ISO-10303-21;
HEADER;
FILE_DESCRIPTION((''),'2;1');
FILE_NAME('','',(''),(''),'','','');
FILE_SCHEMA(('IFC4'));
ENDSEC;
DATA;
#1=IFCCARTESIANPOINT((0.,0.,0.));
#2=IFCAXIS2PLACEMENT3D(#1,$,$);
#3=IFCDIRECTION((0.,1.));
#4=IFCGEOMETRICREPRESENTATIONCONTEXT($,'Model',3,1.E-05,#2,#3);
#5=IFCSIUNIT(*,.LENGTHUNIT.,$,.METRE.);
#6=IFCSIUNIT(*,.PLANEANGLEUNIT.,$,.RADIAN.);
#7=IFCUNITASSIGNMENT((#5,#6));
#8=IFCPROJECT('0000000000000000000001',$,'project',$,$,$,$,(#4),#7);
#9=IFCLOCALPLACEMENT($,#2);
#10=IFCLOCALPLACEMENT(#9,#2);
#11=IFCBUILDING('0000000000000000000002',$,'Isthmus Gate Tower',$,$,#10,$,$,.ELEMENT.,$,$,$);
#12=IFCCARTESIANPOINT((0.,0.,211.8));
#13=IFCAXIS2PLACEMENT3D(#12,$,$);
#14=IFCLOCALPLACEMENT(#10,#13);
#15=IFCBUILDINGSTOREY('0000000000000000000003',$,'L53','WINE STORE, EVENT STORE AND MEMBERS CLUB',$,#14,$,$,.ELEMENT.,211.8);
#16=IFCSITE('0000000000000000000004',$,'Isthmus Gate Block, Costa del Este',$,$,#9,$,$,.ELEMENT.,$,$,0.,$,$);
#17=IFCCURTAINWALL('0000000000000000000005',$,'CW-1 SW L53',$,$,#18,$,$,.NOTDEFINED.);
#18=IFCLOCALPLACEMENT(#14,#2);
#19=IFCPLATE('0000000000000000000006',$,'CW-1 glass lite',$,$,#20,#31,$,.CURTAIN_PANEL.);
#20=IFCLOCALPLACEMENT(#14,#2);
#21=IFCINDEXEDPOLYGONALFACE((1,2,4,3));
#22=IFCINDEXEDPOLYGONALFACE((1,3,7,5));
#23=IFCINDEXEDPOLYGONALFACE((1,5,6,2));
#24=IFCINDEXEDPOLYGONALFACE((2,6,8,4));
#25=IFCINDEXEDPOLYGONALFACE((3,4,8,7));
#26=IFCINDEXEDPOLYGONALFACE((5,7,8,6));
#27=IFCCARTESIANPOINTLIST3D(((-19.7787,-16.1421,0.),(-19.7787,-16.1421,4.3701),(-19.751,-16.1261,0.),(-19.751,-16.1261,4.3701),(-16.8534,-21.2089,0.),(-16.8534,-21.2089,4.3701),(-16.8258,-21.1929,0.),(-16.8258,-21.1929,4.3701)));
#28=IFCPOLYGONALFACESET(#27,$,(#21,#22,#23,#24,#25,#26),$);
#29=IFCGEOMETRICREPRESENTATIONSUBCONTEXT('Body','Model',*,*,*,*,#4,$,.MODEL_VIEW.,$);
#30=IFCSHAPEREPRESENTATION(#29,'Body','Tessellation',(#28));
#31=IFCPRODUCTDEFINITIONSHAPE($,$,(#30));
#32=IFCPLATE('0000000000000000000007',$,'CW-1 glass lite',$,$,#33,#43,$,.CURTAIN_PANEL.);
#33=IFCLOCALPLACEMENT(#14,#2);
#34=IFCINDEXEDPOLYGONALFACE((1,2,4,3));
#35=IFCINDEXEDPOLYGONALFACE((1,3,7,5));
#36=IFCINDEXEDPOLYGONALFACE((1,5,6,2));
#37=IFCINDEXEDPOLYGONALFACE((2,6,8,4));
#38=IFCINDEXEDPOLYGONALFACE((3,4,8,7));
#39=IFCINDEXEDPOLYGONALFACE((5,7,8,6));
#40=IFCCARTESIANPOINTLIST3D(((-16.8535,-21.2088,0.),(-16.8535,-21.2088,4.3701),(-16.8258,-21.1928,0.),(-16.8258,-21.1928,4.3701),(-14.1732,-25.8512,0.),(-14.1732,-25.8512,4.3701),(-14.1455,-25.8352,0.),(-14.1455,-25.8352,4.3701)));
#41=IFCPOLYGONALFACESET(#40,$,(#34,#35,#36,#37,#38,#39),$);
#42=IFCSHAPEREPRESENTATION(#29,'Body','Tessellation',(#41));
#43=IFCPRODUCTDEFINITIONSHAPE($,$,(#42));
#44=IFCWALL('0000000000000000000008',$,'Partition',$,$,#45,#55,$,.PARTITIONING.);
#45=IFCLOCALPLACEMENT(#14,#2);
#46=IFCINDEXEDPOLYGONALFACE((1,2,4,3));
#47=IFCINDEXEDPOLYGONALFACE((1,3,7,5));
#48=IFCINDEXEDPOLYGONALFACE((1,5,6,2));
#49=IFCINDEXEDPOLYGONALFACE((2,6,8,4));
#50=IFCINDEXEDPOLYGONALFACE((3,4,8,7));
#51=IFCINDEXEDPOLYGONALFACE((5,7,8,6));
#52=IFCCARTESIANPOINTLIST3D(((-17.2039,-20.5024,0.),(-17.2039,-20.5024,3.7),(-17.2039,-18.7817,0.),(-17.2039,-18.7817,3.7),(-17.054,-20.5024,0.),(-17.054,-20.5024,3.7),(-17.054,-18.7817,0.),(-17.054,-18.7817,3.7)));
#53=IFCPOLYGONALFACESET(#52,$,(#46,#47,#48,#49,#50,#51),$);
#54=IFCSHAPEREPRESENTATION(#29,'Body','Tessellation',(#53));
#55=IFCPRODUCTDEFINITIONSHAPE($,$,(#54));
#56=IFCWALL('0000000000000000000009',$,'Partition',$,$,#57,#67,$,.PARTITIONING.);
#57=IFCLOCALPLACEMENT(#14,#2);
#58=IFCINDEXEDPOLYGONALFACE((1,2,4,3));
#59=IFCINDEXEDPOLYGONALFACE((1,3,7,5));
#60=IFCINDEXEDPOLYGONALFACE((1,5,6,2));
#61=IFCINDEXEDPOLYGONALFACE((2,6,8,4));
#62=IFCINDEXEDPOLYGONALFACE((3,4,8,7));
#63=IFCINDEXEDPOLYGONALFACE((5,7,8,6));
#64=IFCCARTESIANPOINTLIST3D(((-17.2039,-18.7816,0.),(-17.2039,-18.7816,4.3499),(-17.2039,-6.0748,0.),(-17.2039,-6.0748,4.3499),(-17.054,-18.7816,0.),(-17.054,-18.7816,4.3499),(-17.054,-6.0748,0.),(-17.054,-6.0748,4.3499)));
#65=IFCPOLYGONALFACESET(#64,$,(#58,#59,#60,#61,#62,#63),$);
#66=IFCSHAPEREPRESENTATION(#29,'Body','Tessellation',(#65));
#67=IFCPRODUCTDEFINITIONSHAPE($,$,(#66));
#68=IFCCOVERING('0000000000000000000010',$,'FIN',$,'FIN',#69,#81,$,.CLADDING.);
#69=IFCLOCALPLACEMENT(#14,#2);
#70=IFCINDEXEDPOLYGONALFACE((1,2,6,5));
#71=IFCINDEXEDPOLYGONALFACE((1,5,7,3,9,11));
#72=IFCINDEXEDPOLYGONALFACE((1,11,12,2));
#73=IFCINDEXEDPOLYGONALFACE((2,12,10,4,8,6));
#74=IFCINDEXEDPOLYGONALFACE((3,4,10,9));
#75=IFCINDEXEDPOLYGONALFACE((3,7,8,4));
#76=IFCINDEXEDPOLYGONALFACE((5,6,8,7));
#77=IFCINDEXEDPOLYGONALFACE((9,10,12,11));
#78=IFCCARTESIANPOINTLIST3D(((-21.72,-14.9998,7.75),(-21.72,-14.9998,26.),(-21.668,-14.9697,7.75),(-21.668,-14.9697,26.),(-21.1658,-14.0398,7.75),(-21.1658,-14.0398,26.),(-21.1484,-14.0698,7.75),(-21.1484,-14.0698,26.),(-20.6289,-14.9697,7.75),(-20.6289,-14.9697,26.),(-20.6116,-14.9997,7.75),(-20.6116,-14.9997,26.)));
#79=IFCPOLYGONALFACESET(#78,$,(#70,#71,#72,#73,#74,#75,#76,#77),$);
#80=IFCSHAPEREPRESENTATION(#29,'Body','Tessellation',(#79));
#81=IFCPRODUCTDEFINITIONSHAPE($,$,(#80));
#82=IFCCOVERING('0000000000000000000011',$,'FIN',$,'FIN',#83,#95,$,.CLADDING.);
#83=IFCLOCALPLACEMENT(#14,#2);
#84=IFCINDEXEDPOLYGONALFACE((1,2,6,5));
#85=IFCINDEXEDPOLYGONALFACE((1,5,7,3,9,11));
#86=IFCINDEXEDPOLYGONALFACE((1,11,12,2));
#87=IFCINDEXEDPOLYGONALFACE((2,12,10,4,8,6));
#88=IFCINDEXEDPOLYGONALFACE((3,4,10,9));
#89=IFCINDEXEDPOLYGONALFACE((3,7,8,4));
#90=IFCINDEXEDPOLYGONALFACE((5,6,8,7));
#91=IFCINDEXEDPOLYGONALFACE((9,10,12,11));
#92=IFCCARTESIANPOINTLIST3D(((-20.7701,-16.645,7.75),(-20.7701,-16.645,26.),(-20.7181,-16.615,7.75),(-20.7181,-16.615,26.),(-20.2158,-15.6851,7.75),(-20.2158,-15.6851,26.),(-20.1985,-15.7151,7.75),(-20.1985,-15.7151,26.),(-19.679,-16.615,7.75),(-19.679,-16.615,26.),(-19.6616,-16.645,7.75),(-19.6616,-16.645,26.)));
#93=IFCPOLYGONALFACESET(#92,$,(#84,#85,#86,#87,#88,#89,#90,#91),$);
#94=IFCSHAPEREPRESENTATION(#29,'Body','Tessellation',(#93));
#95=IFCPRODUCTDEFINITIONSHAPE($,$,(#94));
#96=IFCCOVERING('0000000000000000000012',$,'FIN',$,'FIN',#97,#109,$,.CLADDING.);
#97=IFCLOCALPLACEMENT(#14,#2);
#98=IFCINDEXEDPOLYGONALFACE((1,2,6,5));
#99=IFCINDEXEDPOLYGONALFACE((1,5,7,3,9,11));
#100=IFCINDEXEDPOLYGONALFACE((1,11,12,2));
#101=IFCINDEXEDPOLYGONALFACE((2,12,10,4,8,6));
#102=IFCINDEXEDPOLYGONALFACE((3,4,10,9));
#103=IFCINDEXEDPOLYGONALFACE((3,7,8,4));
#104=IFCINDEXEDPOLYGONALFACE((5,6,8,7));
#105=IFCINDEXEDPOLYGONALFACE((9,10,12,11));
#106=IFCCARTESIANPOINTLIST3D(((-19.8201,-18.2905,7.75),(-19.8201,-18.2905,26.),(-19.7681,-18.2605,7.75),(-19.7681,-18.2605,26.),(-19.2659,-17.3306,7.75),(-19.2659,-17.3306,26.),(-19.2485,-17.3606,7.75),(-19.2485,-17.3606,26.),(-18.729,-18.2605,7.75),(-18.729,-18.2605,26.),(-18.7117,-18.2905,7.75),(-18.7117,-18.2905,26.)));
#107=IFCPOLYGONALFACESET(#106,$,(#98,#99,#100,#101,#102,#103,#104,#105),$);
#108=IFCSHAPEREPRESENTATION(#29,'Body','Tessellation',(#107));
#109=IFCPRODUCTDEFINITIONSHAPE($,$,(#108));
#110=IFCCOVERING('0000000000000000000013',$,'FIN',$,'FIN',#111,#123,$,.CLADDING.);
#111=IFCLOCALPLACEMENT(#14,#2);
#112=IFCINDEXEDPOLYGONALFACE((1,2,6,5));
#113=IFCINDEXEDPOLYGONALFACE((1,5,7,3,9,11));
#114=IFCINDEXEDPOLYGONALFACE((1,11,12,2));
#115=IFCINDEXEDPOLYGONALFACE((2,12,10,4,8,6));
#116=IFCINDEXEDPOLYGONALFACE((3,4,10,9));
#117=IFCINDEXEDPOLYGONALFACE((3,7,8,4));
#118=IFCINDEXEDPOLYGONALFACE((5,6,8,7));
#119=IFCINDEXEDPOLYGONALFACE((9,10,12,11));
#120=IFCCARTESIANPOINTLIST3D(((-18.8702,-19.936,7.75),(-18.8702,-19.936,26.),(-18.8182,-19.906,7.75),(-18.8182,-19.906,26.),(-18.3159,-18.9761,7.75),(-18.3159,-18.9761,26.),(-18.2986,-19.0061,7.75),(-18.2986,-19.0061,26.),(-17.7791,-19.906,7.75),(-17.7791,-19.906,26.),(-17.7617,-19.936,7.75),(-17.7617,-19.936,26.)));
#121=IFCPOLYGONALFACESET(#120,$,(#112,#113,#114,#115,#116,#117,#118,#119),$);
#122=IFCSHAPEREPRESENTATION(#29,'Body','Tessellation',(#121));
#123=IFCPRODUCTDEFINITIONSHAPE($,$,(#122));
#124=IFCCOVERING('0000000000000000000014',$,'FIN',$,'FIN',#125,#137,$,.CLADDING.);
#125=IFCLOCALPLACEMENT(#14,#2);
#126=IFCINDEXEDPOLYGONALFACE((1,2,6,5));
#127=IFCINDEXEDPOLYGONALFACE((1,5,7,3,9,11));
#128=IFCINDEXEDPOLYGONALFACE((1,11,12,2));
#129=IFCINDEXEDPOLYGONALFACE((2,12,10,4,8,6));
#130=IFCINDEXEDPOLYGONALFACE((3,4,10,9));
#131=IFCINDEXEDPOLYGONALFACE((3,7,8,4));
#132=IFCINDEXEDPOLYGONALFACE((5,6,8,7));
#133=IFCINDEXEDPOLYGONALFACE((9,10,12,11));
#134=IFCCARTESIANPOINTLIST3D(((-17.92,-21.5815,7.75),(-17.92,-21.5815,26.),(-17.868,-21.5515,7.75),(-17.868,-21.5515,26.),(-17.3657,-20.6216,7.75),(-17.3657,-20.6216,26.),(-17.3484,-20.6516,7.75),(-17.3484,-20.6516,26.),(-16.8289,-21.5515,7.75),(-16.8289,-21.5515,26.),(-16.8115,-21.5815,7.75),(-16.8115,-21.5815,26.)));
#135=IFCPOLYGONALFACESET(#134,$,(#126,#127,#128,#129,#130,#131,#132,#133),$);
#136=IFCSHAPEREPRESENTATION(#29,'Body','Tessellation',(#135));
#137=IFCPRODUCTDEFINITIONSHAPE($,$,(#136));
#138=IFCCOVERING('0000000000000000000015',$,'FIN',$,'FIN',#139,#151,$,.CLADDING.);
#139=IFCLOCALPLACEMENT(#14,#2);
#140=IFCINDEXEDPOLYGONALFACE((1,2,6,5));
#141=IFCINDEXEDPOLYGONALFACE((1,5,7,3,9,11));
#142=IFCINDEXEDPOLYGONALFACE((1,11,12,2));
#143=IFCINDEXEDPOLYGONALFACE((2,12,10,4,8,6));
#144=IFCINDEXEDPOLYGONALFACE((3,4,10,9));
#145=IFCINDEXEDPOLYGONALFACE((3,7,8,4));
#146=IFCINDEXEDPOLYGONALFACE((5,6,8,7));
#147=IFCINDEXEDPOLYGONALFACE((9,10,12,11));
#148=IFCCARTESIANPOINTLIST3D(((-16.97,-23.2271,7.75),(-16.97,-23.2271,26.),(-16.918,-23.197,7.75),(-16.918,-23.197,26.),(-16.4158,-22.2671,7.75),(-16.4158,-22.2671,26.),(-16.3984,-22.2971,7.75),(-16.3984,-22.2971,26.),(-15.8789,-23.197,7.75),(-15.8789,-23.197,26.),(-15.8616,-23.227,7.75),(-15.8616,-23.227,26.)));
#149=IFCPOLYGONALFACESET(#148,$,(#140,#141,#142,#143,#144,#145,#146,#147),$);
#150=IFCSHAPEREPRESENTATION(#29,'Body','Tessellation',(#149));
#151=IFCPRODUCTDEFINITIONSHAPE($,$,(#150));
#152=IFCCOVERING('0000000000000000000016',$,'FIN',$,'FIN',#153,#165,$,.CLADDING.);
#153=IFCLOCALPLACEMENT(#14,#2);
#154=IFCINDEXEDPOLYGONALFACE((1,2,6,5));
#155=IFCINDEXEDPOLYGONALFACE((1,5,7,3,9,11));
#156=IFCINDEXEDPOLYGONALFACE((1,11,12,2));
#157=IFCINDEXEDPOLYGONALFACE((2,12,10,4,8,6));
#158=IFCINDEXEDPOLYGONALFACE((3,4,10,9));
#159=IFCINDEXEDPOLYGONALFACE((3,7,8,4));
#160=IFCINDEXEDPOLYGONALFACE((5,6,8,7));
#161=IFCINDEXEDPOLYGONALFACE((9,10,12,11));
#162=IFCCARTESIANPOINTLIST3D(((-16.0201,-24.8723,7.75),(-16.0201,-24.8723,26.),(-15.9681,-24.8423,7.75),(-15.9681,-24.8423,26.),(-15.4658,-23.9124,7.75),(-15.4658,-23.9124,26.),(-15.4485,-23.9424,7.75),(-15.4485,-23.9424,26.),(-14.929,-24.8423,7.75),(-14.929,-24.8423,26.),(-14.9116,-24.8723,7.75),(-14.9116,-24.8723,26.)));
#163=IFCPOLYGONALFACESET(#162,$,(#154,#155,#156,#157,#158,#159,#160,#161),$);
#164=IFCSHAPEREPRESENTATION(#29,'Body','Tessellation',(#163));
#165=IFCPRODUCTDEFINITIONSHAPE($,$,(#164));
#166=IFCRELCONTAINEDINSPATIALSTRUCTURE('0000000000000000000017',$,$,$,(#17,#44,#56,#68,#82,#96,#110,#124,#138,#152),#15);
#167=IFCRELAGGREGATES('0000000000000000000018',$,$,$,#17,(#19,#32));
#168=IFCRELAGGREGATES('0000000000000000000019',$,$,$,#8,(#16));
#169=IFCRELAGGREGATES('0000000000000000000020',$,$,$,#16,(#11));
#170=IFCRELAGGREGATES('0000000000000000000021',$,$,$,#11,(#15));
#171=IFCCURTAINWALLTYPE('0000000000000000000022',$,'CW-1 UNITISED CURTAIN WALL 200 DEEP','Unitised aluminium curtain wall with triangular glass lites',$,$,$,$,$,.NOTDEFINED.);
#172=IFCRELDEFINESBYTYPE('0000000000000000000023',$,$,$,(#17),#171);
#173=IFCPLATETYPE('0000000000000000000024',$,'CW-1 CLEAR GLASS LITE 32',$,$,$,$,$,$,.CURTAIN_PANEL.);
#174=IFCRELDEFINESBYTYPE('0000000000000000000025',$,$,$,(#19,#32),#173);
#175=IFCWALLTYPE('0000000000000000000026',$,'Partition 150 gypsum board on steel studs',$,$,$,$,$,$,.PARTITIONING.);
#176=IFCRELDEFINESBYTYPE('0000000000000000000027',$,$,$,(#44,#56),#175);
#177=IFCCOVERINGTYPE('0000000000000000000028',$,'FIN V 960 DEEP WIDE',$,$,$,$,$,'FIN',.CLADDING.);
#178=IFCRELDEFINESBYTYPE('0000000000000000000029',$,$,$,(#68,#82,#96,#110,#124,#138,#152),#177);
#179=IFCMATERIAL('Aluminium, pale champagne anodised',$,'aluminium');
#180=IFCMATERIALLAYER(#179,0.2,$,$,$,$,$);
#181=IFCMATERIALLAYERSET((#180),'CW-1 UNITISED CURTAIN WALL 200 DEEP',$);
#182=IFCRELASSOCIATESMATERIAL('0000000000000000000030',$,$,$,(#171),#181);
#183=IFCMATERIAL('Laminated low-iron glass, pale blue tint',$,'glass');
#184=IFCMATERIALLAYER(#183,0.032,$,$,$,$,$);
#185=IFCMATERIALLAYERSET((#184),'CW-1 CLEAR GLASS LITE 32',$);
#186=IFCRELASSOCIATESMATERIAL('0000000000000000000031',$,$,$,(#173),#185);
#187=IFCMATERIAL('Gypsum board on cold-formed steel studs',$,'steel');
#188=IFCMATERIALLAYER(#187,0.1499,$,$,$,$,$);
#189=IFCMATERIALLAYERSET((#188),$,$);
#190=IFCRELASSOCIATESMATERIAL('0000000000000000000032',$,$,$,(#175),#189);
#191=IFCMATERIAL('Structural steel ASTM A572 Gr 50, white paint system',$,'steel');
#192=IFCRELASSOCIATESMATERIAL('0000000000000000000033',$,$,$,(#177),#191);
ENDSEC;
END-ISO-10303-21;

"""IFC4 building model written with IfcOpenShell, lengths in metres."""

from ifc_helpers import new_model, si_unit, direction, frame, frame_2d, origin, origin_2d, place, context, subcontext, project, spatial, polyline, rectangle, outline, extrude, material, layer, layer_set, material_profile, profile_set, type_object, element, aggregate, save


model = new_model("IFC4")

# Units and contexts
model_context = context("Model", 3, precision=1e-05, world=origin(), true_north=direction((0.0, 1.0)))
body_context = subcontext(model_context, "Body", "Model", "MODEL_VIEW")
ifc_project = project(units=[si_unit("LENGTHUNIT", "METRE"), si_unit("PLANEANGLEUNIT", "RADIAN")], contexts=[model_context])

# Site, building, storey
site_placement = place(None, origin())
site = spatial("IfcSite", under=ifc_project, at=site_placement, Name="Isthmus Gate Block, Costa del Este", CompositionType="ELEMENT", RefElevation=0.0)
building_placement = place(site_placement, origin())
building = spatial("IfcBuilding", under=site, at=building_placement, Name="Isthmus Gate Tower", CompositionType="ELEMENT")
storey_placement = place(building_placement, frame((0.0, 0.0, 211.8)))
storey = spatial("IfcBuildingStorey", under=building, at=storey_placement, Name="L53", Description="WINE STORE, EVENT STORE AND MEMBERS CLUB", CompositionType="ELEMENT", Elevation=211.8)

# Curtain wall
ifc_material_1 = material(Name="Aluminium, pale champagne anodised", Category="aluminium")
ifc_layer_1 = layer(ifc_material_1, 0.2)
ifc_layer_set_1 = layer_set([ifc_layer_1], Name="CW-1 UNITISED CURTAIN WALL 200 DEEP")
curtain_wall_type = type_object("IfcCurtainWallType", Name="CW-1 UNITISED CURTAIN WALL 200 DEEP", Description="Unitised aluminium curtain wall with triangular glass lites", PredefinedType="NOTDEFINED", material=ifc_layer_set_1)
curtain_wall_1_placement = place(storey_placement, origin())
curtain_wall_1 = element("IfcCurtainWall", 1, at=curtain_wall_1_placement, inside=storey, type_object=curtain_wall_type, Name="CW-1 SW L53", PredefinedType="NOTDEFINED")

# Plates
ifc_material_2 = material(Name="Laminated low-iron glass, pale blue tint", Category="glass")
ifc_layer_2 = layer(ifc_material_2, 0.032)
ifc_layer_set_2 = layer_set([ifc_layer_2], Name="CW-1 CLEAR GLASS LITE 32")
plate_type = type_object("IfcPlateType", Name="CW-1 CLEAR GLASS LITE 32", PredefinedType="CURTAIN_PANEL", material=ifc_layer_set_2)
plate_1_placement = place(storey_placement, frame((-18.3022, -18.6675, 0.0), z_axis=(0.0, 0.0, 1.0), x_axis=(0.5, -0.866025, 0.0)))
plate_1 = element("IfcPlate", 2, at=plate_1_placement, type_object=plate_type, Name="CW-1 glass lite", PredefinedType="CURTAIN_PANEL", context=body_context, shape_type="SweptSolid", body=[
    extrude(rectangle(XDim=5.8506, YDim=0.032, at=origin_2d()), origin(), (0.0, 0.0, 1.0), 4.3701),
])
plate_2_placement = place(storey_placement, frame((-15.4995, -23.522, 0.0), z_axis=(0.0, 0.0, 1.0), x_axis=(0.5, -0.866025, 0.0)))
plate_2 = element("IfcPlate", 3, at=plate_2_placement, type_object=plate_type, Name="CW-1 glass lite", PredefinedType="CURTAIN_PANEL", context=body_context, shape_type="SweptSolid", body=[
    extrude(rectangle(XDim=5.3606, YDim=0.032, at=origin_2d()), origin(), (0.0, 0.0, 1.0), 4.3701),
])
aggregate(curtain_wall_1, [plate_1, plate_2])

# Walls
ifc_material_3 = material(Name="Gypsum board on cold-formed steel studs", Category="steel")
ifc_layer_3 = layer(ifc_material_3, 0.1499)
ifc_layer_set_3 = layer_set([ifc_layer_3])
wall_type = type_object("IfcWallType", Name="Partition 150 gypsum board on steel studs", PredefinedType="PARTITIONING", material=ifc_layer_set_3)
wall_1_placement = place(storey_placement, frame((-17.1289, -20.5024, 0.0), z_axis=(0.0, 0.0, 1.0), x_axis=(0.0, 1.0, 0.0)))
element("IfcWall", 4, at=wall_1_placement, inside=storey, type_object=wall_type, Name="Partition", PredefinedType="PARTITIONING", context=body_context, shape_type="SweptSolid", body=[
    extrude(rectangle(XDim=1.7207, YDim=0.1499, at=frame_2d((0.8604, 0.0))), origin(), (0.0, 0.0, 1.0), 3.7),
])
wall_2_placement = place(storey_placement, frame((-17.1289, -18.7817, 0.0), z_axis=(0.0, 0.0, 1.0), x_axis=(0.0, 1.0, 0.0)))
element("IfcWall", 5, at=wall_2_placement, inside=storey, type_object=wall_type, Name="Partition", PredefinedType="PARTITIONING", context=body_context, shape_type="SweptSolid", body=[
    extrude(rectangle(XDim=12.7068, YDim=0.1499, at=frame_2d((6.3535, 0.0))), origin(), (0.0, 0.0, 1.0), 4.3499),
])

# Coverings
ifc_material_4 = material(Name="Structural steel ASTM A572 Gr 50, white paint system", Category="steel")
ifc_material_profile_1 = material_profile(ifc_material_4, outline(polyline([(0.0, -0.5542), (0.96, 0.0), (0.0, 0.5542), (0.0, 0.5195), (0.8999, 0.0), (0.0, -0.5195), (0.0, -0.5542)])), Name="V960W")
ifc_profile_set_1 = profile_set([ifc_material_profile_1], Name="Structural steel ASTM A572 Gr 50, white paint system")
covering_type = type_object("IfcCoveringType", Name="FIN V 960 DEEP WIDE", ElementType="FIN", PredefinedType="CLADDING", material=ifc_profile_set_1)
for number, where, z_axis, x_axis, name in (
    (6, (-20.8887, -14.5198, 7.75), (0.0, 0.0, 1.0), (-0.866025, -0.5, 0.0), "FIN"),
    (7, (-19.9387, -16.165, 7.75), (0.0, 0.0, 1.0), (-0.866025, -0.5, 0.0), "FIN"),
    (8, (-18.9888, -17.8105, 7.75), (0.0, 0.0, 1.0), (-0.866025, -0.5, 0.0), "FIN"),
    (9, (-18.0388, -19.4561, 7.75), (0.0, 0.0, 1.0), (-0.866025, -0.5, 0.0), "FIN"),
    (10, (-17.0886, -21.1016, 7.75), (0.0, 0.0, 1.0), (-0.866025, -0.5, 0.0), "FIN"),
    (11, (-16.1387, -22.7471, 7.75), (0.0, 0.0, 1.0), (-0.866025, -0.5, 0.0), "FIN"),
    (12, (-15.1887, -24.3923, 7.75), (0.0, 0.0, 1.0), (-0.866025, -0.5, 0.0), "FIN"),
):
    element("IfcCovering", number, at=place(storey_placement, frame(where, z_axis=z_axis, x_axis=x_axis)), inside=storey, type_object=covering_type, Name=name, ObjectType="FIN", PredefinedType="CLADDING", context=body_context, shape_type="SweptSolid", body=[
        extrude(outline(polyline([(0.0, -0.5542), (0.96, 0.0), (0.0, 0.5542), (0.0, 0.5195), (0.8999, 0.0), (0.0, -0.5195), (0.0, -0.5542)])), origin(), (0.0, 0.0, 1.0), 18.25),
    ])

save(model, "model.ifc")
